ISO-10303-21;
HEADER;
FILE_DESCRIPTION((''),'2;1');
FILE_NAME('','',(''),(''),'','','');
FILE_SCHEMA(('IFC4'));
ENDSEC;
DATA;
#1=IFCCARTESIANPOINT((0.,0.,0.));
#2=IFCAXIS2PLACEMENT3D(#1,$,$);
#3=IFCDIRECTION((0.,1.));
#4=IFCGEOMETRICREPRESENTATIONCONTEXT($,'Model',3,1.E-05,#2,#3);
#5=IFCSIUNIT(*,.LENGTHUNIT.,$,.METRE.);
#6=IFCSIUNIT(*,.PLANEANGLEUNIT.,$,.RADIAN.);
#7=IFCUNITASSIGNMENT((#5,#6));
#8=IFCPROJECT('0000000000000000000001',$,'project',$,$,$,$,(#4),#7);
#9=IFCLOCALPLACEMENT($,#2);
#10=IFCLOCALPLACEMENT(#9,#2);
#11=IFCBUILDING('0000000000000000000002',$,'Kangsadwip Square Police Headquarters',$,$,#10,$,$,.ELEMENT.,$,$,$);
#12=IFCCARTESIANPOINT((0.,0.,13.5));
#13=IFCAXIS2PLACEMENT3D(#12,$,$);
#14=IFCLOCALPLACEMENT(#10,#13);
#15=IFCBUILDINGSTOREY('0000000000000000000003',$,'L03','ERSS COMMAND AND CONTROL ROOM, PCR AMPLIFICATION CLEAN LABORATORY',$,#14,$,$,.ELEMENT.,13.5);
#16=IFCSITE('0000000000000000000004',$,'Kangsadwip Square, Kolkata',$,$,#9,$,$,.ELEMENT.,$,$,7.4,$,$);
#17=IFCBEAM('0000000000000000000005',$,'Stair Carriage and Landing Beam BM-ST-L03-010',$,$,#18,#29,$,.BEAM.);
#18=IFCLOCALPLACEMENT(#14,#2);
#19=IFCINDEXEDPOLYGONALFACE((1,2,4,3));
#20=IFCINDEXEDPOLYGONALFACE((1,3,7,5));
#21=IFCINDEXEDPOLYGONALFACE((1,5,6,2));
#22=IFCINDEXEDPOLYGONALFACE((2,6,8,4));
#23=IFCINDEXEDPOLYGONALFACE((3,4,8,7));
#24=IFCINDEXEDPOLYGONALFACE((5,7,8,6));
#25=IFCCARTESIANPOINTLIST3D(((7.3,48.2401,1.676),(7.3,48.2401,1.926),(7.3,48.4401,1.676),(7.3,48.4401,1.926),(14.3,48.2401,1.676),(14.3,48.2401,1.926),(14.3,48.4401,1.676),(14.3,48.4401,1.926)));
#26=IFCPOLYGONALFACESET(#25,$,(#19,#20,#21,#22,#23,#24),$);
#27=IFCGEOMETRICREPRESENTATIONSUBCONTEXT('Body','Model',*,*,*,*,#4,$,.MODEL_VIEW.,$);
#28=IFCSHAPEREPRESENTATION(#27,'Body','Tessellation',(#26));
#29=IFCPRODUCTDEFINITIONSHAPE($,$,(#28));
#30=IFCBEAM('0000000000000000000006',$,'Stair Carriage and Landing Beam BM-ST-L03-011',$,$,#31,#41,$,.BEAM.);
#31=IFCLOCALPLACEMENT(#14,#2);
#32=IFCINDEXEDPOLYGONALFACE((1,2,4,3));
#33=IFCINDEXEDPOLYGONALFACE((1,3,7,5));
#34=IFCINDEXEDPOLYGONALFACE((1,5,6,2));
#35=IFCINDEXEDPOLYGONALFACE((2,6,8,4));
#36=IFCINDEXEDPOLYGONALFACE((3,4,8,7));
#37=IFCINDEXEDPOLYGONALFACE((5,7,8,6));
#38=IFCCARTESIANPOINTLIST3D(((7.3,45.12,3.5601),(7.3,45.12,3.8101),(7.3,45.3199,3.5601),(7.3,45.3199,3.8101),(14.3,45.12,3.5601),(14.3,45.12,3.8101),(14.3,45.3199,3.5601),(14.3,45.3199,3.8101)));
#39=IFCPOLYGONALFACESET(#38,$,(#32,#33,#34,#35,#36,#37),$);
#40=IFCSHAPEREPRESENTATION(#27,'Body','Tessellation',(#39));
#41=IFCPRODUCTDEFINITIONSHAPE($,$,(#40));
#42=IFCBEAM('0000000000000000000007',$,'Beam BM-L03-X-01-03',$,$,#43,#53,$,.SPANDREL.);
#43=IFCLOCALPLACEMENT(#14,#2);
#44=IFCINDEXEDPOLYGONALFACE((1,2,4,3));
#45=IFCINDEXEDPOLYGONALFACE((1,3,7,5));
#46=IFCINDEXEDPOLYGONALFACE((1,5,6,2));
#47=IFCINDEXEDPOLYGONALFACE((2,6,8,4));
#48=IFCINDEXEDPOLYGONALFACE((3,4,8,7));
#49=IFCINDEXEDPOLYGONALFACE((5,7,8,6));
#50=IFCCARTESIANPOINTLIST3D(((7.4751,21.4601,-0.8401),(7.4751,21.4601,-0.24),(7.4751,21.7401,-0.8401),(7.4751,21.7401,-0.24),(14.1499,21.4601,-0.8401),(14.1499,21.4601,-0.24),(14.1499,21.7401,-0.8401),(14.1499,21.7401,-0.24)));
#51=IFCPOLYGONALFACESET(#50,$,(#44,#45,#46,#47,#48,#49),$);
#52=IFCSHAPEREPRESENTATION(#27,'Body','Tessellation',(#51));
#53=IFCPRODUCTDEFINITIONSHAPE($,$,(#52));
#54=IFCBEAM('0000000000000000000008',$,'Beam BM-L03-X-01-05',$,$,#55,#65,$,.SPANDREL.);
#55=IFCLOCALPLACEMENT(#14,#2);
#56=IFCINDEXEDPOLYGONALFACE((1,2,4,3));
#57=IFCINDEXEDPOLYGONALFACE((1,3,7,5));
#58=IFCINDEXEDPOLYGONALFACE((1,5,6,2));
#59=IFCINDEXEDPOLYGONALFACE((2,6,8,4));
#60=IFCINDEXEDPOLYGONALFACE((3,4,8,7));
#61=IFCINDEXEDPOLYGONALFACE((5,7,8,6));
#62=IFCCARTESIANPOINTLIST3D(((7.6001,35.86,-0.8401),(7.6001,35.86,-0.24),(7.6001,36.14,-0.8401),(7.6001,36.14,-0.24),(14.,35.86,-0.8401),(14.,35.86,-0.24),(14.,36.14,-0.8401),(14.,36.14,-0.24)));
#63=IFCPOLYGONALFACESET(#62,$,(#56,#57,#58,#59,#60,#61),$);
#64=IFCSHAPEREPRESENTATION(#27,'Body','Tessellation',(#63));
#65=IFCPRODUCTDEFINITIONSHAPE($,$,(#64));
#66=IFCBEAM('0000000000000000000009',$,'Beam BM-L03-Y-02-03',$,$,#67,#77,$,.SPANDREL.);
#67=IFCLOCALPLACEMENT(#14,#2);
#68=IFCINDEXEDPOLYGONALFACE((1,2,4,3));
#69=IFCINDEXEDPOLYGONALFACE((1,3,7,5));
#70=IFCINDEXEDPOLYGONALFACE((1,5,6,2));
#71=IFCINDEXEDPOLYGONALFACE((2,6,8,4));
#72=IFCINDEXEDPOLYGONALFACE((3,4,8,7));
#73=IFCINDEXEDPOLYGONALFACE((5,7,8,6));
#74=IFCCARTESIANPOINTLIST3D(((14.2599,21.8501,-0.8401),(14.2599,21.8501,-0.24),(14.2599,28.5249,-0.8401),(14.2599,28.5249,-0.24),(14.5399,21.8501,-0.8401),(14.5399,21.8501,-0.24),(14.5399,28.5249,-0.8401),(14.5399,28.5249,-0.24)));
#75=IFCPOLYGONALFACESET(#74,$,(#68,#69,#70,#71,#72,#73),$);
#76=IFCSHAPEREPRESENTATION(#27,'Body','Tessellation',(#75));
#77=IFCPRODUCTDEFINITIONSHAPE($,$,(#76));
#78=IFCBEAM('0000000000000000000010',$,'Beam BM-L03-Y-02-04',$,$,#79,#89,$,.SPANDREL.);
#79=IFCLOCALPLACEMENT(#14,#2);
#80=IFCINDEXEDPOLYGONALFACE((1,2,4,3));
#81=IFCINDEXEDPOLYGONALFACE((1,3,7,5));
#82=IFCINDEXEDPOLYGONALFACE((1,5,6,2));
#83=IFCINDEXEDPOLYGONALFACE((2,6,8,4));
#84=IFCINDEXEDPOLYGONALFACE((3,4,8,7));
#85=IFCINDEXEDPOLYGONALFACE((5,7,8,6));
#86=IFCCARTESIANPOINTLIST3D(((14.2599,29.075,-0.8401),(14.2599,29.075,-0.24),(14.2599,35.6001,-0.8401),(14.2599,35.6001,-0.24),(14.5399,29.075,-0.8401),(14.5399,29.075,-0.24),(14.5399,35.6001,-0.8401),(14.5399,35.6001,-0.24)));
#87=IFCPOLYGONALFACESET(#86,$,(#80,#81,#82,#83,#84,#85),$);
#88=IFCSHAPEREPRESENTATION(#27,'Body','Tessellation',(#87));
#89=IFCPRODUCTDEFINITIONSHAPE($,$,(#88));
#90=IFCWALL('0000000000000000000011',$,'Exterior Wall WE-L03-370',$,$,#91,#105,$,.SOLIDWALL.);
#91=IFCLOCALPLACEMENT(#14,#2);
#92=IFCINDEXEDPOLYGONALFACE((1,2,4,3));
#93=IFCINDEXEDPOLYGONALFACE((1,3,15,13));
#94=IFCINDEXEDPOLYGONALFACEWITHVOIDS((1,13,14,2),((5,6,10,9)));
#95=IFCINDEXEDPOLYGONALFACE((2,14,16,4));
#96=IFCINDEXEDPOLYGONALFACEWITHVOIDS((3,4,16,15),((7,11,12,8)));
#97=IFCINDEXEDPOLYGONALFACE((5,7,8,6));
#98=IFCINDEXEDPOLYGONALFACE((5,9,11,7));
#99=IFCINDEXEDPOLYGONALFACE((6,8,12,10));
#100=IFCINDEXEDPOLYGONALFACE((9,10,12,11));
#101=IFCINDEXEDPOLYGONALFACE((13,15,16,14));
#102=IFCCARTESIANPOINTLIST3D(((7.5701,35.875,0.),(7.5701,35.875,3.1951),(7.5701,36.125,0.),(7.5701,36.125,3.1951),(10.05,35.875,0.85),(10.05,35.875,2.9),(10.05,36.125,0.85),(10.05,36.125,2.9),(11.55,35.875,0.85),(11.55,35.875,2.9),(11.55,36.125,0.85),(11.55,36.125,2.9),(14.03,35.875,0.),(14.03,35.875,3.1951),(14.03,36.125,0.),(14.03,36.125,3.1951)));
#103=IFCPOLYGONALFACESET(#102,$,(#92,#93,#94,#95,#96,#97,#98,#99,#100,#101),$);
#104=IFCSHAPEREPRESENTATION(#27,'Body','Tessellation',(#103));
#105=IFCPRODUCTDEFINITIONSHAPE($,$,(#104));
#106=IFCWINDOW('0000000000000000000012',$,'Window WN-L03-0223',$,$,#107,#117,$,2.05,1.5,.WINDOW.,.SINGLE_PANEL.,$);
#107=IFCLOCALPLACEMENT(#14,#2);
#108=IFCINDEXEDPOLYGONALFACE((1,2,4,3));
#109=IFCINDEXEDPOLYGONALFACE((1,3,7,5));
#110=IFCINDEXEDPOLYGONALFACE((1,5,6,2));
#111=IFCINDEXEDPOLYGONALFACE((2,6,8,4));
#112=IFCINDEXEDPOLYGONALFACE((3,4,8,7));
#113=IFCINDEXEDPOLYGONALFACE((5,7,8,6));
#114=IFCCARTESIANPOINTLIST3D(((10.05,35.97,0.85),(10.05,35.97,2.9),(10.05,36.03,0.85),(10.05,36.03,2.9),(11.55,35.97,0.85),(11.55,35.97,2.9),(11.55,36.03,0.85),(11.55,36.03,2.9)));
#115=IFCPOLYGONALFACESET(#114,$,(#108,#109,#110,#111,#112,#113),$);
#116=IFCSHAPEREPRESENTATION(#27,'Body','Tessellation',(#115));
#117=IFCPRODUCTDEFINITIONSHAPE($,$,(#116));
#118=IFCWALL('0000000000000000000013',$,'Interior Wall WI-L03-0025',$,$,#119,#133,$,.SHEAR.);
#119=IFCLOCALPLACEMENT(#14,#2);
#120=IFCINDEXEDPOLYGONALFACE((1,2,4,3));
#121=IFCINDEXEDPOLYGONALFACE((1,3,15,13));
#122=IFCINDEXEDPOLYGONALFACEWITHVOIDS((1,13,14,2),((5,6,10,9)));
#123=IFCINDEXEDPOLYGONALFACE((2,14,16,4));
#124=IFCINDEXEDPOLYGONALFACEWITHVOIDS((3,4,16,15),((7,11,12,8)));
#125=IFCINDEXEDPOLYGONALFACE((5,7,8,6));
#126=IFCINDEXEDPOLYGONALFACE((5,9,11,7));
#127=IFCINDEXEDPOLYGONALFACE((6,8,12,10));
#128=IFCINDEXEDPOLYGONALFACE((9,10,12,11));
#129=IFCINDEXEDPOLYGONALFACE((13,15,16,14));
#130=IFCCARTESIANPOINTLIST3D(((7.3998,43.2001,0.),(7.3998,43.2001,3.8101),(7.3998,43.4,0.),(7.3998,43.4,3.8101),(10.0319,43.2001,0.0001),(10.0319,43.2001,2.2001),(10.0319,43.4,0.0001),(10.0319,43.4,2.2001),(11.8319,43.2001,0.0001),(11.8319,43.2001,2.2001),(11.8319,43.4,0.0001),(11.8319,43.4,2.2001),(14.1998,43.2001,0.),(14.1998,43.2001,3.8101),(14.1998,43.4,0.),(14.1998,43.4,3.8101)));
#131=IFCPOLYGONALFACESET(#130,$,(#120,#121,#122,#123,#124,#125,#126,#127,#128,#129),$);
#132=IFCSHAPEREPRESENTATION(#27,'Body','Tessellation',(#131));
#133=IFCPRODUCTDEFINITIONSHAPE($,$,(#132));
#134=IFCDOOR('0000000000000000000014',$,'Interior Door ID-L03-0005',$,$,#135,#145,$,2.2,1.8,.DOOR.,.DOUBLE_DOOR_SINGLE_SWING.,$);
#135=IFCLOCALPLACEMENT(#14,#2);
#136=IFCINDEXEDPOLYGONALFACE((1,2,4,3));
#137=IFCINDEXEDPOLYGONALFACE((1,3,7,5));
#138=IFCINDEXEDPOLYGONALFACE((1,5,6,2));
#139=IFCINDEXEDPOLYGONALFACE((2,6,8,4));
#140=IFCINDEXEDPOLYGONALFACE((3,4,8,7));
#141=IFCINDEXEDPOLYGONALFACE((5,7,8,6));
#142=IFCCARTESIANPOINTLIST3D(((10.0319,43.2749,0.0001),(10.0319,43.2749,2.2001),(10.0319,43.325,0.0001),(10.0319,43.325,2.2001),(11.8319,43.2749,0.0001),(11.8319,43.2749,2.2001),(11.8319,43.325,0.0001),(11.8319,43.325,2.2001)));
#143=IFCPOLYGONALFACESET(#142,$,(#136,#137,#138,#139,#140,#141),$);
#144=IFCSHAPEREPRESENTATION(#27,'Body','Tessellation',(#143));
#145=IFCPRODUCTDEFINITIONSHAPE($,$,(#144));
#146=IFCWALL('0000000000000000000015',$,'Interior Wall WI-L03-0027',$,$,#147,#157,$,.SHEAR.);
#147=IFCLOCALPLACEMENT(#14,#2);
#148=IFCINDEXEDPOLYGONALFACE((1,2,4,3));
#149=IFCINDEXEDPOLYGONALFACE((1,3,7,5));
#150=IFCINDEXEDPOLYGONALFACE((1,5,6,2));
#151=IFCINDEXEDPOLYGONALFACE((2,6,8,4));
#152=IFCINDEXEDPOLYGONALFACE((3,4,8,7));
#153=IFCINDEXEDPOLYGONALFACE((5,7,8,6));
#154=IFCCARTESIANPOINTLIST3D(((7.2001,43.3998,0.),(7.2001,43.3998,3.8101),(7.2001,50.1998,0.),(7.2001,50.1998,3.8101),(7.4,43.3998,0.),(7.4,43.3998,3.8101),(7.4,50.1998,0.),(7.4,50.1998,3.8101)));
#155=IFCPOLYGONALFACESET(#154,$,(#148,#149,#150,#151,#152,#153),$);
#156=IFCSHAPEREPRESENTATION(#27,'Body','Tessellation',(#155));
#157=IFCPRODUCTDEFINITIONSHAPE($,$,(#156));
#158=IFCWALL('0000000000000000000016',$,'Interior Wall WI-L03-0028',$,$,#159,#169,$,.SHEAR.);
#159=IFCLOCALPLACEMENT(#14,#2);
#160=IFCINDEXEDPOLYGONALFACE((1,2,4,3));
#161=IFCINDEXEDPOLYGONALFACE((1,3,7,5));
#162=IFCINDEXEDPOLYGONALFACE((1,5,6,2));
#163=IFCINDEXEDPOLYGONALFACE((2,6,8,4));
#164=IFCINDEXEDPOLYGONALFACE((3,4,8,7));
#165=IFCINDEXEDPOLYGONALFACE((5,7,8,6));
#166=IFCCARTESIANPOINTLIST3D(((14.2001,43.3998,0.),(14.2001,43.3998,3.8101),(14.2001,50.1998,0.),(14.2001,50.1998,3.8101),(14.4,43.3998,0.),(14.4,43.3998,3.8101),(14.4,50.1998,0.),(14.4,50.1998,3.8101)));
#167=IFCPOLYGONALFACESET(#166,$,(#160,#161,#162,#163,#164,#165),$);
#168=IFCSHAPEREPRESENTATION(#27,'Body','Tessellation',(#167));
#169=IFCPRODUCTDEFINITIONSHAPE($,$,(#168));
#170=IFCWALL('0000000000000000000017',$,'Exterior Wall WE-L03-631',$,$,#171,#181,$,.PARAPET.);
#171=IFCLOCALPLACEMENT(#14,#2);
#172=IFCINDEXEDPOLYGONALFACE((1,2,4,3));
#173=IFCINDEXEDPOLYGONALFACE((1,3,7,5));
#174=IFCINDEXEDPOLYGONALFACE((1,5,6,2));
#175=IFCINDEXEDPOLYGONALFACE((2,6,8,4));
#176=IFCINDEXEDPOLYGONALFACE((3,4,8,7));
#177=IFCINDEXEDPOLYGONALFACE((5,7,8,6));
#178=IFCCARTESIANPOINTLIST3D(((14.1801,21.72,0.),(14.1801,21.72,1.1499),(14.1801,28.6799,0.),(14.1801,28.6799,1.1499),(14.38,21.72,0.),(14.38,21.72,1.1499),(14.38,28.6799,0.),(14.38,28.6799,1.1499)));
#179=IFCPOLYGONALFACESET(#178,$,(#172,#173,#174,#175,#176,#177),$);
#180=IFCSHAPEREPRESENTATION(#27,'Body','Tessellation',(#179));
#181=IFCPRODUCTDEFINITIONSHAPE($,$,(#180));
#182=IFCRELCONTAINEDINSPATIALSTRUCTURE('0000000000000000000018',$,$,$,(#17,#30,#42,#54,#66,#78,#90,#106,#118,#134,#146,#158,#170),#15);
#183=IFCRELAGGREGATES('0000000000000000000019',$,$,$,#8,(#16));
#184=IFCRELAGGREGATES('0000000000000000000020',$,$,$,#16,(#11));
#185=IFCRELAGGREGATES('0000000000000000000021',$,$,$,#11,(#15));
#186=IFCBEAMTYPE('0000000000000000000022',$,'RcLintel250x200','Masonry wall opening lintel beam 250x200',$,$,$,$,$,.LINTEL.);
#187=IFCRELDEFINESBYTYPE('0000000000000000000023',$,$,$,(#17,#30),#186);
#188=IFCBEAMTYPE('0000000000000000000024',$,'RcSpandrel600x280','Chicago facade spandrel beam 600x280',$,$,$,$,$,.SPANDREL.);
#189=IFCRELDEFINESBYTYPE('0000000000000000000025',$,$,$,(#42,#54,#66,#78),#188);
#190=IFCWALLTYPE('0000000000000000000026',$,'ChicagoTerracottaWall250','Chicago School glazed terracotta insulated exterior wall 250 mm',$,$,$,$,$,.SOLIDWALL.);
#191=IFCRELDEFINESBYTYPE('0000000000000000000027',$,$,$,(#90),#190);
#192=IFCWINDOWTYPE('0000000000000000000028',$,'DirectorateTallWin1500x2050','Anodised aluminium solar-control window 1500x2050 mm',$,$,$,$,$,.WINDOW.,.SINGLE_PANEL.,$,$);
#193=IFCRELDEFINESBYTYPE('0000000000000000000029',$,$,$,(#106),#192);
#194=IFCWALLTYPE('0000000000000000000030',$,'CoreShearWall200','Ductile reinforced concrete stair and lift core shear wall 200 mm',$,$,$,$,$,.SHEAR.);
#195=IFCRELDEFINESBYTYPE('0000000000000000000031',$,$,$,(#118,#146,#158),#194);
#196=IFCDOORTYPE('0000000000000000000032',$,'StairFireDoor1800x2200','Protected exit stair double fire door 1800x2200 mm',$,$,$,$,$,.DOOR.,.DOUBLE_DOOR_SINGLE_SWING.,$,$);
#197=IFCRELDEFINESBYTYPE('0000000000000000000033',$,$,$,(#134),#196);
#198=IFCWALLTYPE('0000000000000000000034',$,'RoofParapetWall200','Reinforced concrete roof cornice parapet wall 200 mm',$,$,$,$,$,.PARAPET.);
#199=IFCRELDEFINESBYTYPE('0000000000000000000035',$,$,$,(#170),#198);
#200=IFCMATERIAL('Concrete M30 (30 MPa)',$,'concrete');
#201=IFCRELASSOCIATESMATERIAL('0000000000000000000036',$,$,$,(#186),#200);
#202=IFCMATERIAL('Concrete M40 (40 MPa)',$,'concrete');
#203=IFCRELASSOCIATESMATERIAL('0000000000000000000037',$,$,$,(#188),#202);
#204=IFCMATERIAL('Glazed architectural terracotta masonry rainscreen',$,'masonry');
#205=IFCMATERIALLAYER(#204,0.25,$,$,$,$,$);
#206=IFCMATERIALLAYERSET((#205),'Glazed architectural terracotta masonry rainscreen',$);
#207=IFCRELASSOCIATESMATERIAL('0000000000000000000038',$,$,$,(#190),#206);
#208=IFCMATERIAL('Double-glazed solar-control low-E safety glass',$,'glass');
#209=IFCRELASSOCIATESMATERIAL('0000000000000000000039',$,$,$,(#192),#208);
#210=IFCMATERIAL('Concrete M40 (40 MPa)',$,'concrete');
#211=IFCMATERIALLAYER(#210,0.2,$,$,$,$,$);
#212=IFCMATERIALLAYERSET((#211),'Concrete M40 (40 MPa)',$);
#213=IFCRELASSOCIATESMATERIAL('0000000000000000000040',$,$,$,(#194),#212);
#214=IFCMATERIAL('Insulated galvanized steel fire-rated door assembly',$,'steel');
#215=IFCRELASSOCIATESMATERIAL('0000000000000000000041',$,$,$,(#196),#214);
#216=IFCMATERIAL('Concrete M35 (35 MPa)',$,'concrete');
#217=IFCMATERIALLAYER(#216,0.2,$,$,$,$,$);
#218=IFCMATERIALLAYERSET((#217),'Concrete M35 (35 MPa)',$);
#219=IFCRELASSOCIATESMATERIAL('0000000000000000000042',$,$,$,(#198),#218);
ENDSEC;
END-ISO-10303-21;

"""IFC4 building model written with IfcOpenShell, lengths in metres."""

from ifc_helpers import new_model, si_unit, direction, frame, frame_2d, origin, origin_2d, place, context, subcontext, project, spatial, rectangle, extrude, material, layer, layer_set, material_profile, profile_set, type_object, element, fill, save


model = new_model("IFC4")

# Units and contexts
model_context = context("Model", 3, precision=1e-05, world=origin(), true_north=direction((0.0, 1.0)))
body_context = subcontext(model_context, "Body", "Model", "MODEL_VIEW")
ifc_project = project(units=[si_unit("LENGTHUNIT", "METRE"), si_unit("PLANEANGLEUNIT", "RADIAN")], contexts=[model_context])

# Site, building, storey
site_placement = place(None, origin())
site = spatial("IfcSite", under=ifc_project, at=site_placement, Name="Kangsadwip Square, Kolkata", CompositionType="ELEMENT", RefElevation=7.4)
building_placement = place(site_placement, origin())
building = spatial("IfcBuilding", under=site, at=building_placement, Name="Kangsadwip Square Police Headquarters", CompositionType="ELEMENT")
storey_placement = place(building_placement, frame((0.0, 0.0, 13.5)))
storey = spatial("IfcBuildingStorey", under=building, at=storey_placement, Name="L03", Description="ERSS COMMAND AND CONTROL ROOM, PCR AMPLIFICATION CLEAN LABORATORY", CompositionType="ELEMENT", Elevation=13.5)

# Beams
ifc_material_1 = material(Name="Concrete M30 (30 MPa)", Category="concrete")
ifc_material_profile_1 = material_profile(ifc_material_1, rectangle(XDim=0.2, YDim=0.25, at=origin_2d()), Name="RC LNT 250X200")
ifc_profile_set_1 = profile_set([ifc_material_profile_1], Name="Concrete M30 (30 MPa)")
beam_type_1 = type_object("IfcBeamType", Name="RcLintel250x200", Description="Masonry wall opening lintel beam 250x200", PredefinedType="LINTEL", material=ifc_profile_set_1)
for number, where, z_axis, x_axis, name in (
    (1, (7.3, 48.3401, 1.801), (1.0, 0.0, 0.0), (0.0, 1.0, 0.0), "Stair Carriage and Landing Beam BM-ST-L03-010"),
    (2, (7.3, 45.22, 3.6851), (1.0, 0.0, 0.0), (0.0, 1.0, 0.0), "Stair Carriage and Landing Beam BM-ST-L03-011"),
):
    element("IfcBeam", number, at=place(storey_placement, frame(where, z_axis=z_axis, x_axis=x_axis)), inside=storey, type_object=beam_type_1, Name=name, PredefinedType="BEAM", context=body_context, shape_type="SweptSolid", body=[
        extrude(rectangle(XDim=0.2, YDim=0.25, at=origin_2d()), origin(), (0.0, 0.0, 1.0), 7.0),
    ])
ifc_material_2 = material(Name="Concrete M40 (40 MPa)", Category="concrete")
ifc_material_profile_2 = material_profile(ifc_material_2, rectangle(XDim=0.28, YDim=0.6001, at=origin_2d()), Name="RC SPN 600X280")
ifc_profile_set_2 = profile_set([ifc_material_profile_2], Name="Concrete M40 (40 MPa)")
beam_type_2 = type_object("IfcBeamType", Name="RcSpandrel600x280", Description="Chicago facade spandrel beam 600x280", PredefinedType="SPANDREL", material=ifc_profile_set_2)
beam_1_placement = place(storey_placement, frame((7.4751, 21.6001, -0.54), z_axis=(1.0, 0.0, 0.0), x_axis=(0.0, 1.0, 0.0)))
element("IfcBeam", 3, at=beam_1_placement, inside=storey, type_object=beam_type_2, Name="Beam BM-L03-X-01-03", PredefinedType="SPANDREL", context=body_context, shape_type="SweptSolid", body=[
    extrude(rectangle(XDim=0.28, YDim=0.6001, at=origin_2d()), origin(), (0.0, 0.0, 1.0), 6.6748),
])
beam_2_placement = place(storey_placement, frame((7.6001, 36.0, -0.54), z_axis=(1.0, 0.0, 0.0), x_axis=(0.0, 1.0, 0.0)))
element("IfcBeam", 4, at=beam_2_placement, inside=storey, type_object=beam_type_2, Name="Beam BM-L03-X-01-05", PredefinedType="SPANDREL", context=body_context, shape_type="SweptSolid", body=[
    extrude(rectangle(XDim=0.28, YDim=0.6001, at=origin_2d()), origin(), (0.0, 0.0, 1.0), 6.3999),
])
beam_3_placement = place(storey_placement, frame((14.3999, 21.8501, -0.54), z_axis=(0.0, 1.0, 0.0), x_axis=(-1.0, 0.0, 0.0)))
element("IfcBeam", 5, at=beam_3_placement, inside=storey, type_object=beam_type_2, Name="Beam BM-L03-Y-02-03", PredefinedType="SPANDREL", context=body_context, shape_type="SweptSolid", body=[
    extrude(rectangle(XDim=0.28, YDim=0.6001, at=origin_2d()), origin(), (0.0, 0.0, 1.0), 6.6748),
])
beam_4_placement = place(storey_placement, frame((14.3999, 29.075, -0.54), z_axis=(0.0, 1.0, 0.0), x_axis=(-1.0, 0.0, 0.0)))
element("IfcBeam", 6, at=beam_4_placement, inside=storey, type_object=beam_type_2, Name="Beam BM-L03-Y-02-04", PredefinedType="SPANDREL", context=body_context, shape_type="SweptSolid", body=[
    extrude(rectangle(XDim=0.28, YDim=0.6001, at=origin_2d()), origin(), (0.0, 0.0, 1.0), 6.5251),
])

# Wall, opening, window
ifc_material_3 = material(Name="Glazed architectural terracotta masonry rainscreen", Category="masonry")
ifc_layer_1 = layer(ifc_material_3, 0.25)
ifc_layer_set_1 = layer_set([ifc_layer_1], Name="Glazed architectural terracotta masonry rainscreen")
wall_type_1 = type_object("IfcWallType", Name="ChicagoTerracottaWall250", Description="Chicago School glazed terracotta insulated exterior wall 250 mm", PredefinedType="SOLIDWALL", material=ifc_layer_set_1)
wall_1_placement = place(storey_placement, frame((7.5701, 36.0, 0.0), z_axis=(0.0, 0.0, 1.0), x_axis=(1.0, 0.0, 0.0)))
wall_1 = element("IfcWall", 7, at=wall_1_placement, inside=storey, type_object=wall_type_1, Name="Exterior Wall WE-L03-370", PredefinedType="SOLIDWALL", context=body_context, shape_type="SweptSolid", body=[
    extrude(rectangle(XDim=6.46, YDim=0.25, at=frame_2d((3.23, 0.0))), origin(), (0.0, 0.0, 1.0), 3.1951),
])
opening_1_placement = place(wall_1_placement, frame((2.48, 0.0, 0.8501)))
opening_1 = element("IfcOpeningElement", 8, at=opening_1_placement, cuts=wall_1, PredefinedType="OPENING", context=body_context, shape_type="SweptSolid", body=[
    extrude(rectangle(XDim=1.5, YDim=2.05, at=frame_2d((0.75, 1.0249))), frame((0.0, 0.135, 0.0), z_axis=(0.0, -1.0, 0.0), x_axis=(1.0, 0.0, 0.0)), (0.0, 0.0, 1.0), 0.27),
])
ifc_material_4 = material(Name="Double-glazed solar-control low-E safety glass", Category="glass")
window_type = type_object("IfcWindowType", Name="DirectorateTallWin1500x2050", Description="Anodised aluminium solar-control window 1500x2050 mm", PartitioningType="SINGLE_PANEL", PredefinedType="WINDOW", material=ifc_material_4)
window_placement = place(opening_1_placement, origin())
window = element("IfcWindow", 9, at=window_placement, inside=storey, type_object=window_type, Name="Window WN-L03-0223", OverallHeight=2.05, OverallWidth=1.5, PartitioningType="SINGLE_PANEL", PredefinedType="WINDOW", context=body_context, shape_type="SweptSolid", body=[
    extrude(rectangle(XDim=1.5, YDim=2.05, at=frame_2d((0.75, 1.0249))), frame((0.0, 0.03, 0.0), z_axis=(0.0, -1.0, 0.0), x_axis=(1.0, 0.0, 0.0)), (0.0, 0.0, 1.0), 0.0601),
])
fill(opening_1, window)

# Wall, opening, door
ifc_material_5 = material(Name="Concrete M40 (40 MPa)", Category="concrete")
ifc_layer_2 = layer(ifc_material_5, 0.2)
ifc_layer_set_2 = layer_set([ifc_layer_2], Name="Concrete M40 (40 MPa)")
wall_type_2 = type_object("IfcWallType", Name="CoreShearWall200", Description="Ductile reinforced concrete stair and lift core shear wall 200 mm", PredefinedType="SHEAR", material=ifc_layer_set_2)
wall_2_placement = place(storey_placement, frame((7.3999, 43.3, 0.0), z_axis=(0.0, 0.0, 1.0), x_axis=(1.0, 0.0, 0.0)))
wall_2 = element("IfcWall", 10, at=wall_2_placement, inside=storey, type_object=wall_type_2, Name="Interior Wall WI-L03-0025", PredefinedType="SHEAR", context=body_context, shape_type="SweptSolid", body=[
    extrude(rectangle(XDim=6.8, YDim=0.2, at=frame_2d((3.3999, 0.0))), origin(), (0.0, 0.0, 1.0), 3.8101),
])
opening_2_placement = place(wall_2_placement, frame((2.6321, 0.0, 0.0)))
opening_2 = element("IfcOpeningElement", 11, at=opening_2_placement, cuts=wall_2, PredefinedType="OPENING", context=body_context, shape_type="SweptSolid", body=[
    extrude(rectangle(XDim=1.8, YDim=2.2, at=frame_2d((0.8999, 1.1001))), frame((0.0, 0.1099, 0.0), z_axis=(0.0, -1.0, 0.0), x_axis=(1.0, 0.0, 0.0)), (0.0, 0.0, 1.0), 0.22),
])
ifc_material_6 = material(Name="Insulated galvanized steel fire-rated door assembly", Category="steel")
door_type = type_object("IfcDoorType", Name="StairFireDoor1800x2200", Description="Protected exit stair double fire door 1800x2200 mm", OperationType="DOUBLE_DOOR_SINGLE_SWING", PredefinedType="DOOR", material=ifc_material_6)
door_placement = place(opening_2_placement, origin())
door = element("IfcDoor", 12, at=door_placement, inside=storey, type_object=door_type, Name="Interior Door ID-L03-0005", OperationType="DOUBLE_DOOR_SINGLE_SWING", OverallHeight=2.2, OverallWidth=1.8, PredefinedType="DOOR", context=body_context, shape_type="SweptSolid", body=[
    extrude(rectangle(XDim=1.8, YDim=2.2, at=frame_2d((0.8999, 1.1001))), frame((0.0, 0.0249, 0.0), z_axis=(0.0, -1.0, 0.0), x_axis=(1.0, 0.0, 0.0)), (0.0, 0.0, 1.0), 0.05),
])
fill(opening_2, door)

# Walls
for number, where, z_axis, x_axis, name in (
    (13, (7.3, 43.3999, 0.0), (0.0, 0.0, 1.0), (0.0, 1.0, 0.0), "Interior Wall WI-L03-0027"),
    (14, (14.3, 43.3999, 0.0), (0.0, 0.0, 1.0), (0.0, 1.0, 0.0), "Interior Wall WI-L03-0028"),
):
    element("IfcWall", number, at=place(storey_placement, frame(where, z_axis=z_axis, x_axis=x_axis)), inside=storey, type_object=wall_type_2, Name=name, PredefinedType="SHEAR", context=body_context, shape_type="SweptSolid", body=[
        extrude(rectangle(XDim=6.8, YDim=0.2, at=frame_2d((3.3999, 0.0))), origin(), (0.0, 0.0, 1.0), 3.8101),
    ])
ifc_material_7 = material(Name="Concrete M35 (35 MPa)", Category="concrete")
ifc_layer_3 = layer(ifc_material_7, 0.2)
ifc_layer_set_3 = layer_set([ifc_layer_3], Name="Concrete M35 (35 MPa)")
wall_type_3 = type_object("IfcWallType", Name="RoofParapetWall200", Description="Reinforced concrete roof cornice parapet wall 200 mm", PredefinedType="PARAPET", material=ifc_layer_set_3)
for number, where, z_axis, x_axis, name in (
    (15, (14.28, 21.72, 0.0), (0.0, 0.0, 1.0), (0.0, 1.0, 0.0), "Exterior Wall WE-L03-631"),
):
    element("IfcWall", number, at=place(storey_placement, frame(where, z_axis=z_axis, x_axis=x_axis)), inside=storey, type_object=wall_type_3, Name=name, PredefinedType="PARAPET", context=body_context, shape_type="SweptSolid", body=[
        extrude(rectangle(XDim=6.96, YDim=0.2, at=frame_2d((3.48, 0.0))), origin(), (0.0, 0.0, 1.0), 1.1499),
    ])

save(model, "model.ifc")
